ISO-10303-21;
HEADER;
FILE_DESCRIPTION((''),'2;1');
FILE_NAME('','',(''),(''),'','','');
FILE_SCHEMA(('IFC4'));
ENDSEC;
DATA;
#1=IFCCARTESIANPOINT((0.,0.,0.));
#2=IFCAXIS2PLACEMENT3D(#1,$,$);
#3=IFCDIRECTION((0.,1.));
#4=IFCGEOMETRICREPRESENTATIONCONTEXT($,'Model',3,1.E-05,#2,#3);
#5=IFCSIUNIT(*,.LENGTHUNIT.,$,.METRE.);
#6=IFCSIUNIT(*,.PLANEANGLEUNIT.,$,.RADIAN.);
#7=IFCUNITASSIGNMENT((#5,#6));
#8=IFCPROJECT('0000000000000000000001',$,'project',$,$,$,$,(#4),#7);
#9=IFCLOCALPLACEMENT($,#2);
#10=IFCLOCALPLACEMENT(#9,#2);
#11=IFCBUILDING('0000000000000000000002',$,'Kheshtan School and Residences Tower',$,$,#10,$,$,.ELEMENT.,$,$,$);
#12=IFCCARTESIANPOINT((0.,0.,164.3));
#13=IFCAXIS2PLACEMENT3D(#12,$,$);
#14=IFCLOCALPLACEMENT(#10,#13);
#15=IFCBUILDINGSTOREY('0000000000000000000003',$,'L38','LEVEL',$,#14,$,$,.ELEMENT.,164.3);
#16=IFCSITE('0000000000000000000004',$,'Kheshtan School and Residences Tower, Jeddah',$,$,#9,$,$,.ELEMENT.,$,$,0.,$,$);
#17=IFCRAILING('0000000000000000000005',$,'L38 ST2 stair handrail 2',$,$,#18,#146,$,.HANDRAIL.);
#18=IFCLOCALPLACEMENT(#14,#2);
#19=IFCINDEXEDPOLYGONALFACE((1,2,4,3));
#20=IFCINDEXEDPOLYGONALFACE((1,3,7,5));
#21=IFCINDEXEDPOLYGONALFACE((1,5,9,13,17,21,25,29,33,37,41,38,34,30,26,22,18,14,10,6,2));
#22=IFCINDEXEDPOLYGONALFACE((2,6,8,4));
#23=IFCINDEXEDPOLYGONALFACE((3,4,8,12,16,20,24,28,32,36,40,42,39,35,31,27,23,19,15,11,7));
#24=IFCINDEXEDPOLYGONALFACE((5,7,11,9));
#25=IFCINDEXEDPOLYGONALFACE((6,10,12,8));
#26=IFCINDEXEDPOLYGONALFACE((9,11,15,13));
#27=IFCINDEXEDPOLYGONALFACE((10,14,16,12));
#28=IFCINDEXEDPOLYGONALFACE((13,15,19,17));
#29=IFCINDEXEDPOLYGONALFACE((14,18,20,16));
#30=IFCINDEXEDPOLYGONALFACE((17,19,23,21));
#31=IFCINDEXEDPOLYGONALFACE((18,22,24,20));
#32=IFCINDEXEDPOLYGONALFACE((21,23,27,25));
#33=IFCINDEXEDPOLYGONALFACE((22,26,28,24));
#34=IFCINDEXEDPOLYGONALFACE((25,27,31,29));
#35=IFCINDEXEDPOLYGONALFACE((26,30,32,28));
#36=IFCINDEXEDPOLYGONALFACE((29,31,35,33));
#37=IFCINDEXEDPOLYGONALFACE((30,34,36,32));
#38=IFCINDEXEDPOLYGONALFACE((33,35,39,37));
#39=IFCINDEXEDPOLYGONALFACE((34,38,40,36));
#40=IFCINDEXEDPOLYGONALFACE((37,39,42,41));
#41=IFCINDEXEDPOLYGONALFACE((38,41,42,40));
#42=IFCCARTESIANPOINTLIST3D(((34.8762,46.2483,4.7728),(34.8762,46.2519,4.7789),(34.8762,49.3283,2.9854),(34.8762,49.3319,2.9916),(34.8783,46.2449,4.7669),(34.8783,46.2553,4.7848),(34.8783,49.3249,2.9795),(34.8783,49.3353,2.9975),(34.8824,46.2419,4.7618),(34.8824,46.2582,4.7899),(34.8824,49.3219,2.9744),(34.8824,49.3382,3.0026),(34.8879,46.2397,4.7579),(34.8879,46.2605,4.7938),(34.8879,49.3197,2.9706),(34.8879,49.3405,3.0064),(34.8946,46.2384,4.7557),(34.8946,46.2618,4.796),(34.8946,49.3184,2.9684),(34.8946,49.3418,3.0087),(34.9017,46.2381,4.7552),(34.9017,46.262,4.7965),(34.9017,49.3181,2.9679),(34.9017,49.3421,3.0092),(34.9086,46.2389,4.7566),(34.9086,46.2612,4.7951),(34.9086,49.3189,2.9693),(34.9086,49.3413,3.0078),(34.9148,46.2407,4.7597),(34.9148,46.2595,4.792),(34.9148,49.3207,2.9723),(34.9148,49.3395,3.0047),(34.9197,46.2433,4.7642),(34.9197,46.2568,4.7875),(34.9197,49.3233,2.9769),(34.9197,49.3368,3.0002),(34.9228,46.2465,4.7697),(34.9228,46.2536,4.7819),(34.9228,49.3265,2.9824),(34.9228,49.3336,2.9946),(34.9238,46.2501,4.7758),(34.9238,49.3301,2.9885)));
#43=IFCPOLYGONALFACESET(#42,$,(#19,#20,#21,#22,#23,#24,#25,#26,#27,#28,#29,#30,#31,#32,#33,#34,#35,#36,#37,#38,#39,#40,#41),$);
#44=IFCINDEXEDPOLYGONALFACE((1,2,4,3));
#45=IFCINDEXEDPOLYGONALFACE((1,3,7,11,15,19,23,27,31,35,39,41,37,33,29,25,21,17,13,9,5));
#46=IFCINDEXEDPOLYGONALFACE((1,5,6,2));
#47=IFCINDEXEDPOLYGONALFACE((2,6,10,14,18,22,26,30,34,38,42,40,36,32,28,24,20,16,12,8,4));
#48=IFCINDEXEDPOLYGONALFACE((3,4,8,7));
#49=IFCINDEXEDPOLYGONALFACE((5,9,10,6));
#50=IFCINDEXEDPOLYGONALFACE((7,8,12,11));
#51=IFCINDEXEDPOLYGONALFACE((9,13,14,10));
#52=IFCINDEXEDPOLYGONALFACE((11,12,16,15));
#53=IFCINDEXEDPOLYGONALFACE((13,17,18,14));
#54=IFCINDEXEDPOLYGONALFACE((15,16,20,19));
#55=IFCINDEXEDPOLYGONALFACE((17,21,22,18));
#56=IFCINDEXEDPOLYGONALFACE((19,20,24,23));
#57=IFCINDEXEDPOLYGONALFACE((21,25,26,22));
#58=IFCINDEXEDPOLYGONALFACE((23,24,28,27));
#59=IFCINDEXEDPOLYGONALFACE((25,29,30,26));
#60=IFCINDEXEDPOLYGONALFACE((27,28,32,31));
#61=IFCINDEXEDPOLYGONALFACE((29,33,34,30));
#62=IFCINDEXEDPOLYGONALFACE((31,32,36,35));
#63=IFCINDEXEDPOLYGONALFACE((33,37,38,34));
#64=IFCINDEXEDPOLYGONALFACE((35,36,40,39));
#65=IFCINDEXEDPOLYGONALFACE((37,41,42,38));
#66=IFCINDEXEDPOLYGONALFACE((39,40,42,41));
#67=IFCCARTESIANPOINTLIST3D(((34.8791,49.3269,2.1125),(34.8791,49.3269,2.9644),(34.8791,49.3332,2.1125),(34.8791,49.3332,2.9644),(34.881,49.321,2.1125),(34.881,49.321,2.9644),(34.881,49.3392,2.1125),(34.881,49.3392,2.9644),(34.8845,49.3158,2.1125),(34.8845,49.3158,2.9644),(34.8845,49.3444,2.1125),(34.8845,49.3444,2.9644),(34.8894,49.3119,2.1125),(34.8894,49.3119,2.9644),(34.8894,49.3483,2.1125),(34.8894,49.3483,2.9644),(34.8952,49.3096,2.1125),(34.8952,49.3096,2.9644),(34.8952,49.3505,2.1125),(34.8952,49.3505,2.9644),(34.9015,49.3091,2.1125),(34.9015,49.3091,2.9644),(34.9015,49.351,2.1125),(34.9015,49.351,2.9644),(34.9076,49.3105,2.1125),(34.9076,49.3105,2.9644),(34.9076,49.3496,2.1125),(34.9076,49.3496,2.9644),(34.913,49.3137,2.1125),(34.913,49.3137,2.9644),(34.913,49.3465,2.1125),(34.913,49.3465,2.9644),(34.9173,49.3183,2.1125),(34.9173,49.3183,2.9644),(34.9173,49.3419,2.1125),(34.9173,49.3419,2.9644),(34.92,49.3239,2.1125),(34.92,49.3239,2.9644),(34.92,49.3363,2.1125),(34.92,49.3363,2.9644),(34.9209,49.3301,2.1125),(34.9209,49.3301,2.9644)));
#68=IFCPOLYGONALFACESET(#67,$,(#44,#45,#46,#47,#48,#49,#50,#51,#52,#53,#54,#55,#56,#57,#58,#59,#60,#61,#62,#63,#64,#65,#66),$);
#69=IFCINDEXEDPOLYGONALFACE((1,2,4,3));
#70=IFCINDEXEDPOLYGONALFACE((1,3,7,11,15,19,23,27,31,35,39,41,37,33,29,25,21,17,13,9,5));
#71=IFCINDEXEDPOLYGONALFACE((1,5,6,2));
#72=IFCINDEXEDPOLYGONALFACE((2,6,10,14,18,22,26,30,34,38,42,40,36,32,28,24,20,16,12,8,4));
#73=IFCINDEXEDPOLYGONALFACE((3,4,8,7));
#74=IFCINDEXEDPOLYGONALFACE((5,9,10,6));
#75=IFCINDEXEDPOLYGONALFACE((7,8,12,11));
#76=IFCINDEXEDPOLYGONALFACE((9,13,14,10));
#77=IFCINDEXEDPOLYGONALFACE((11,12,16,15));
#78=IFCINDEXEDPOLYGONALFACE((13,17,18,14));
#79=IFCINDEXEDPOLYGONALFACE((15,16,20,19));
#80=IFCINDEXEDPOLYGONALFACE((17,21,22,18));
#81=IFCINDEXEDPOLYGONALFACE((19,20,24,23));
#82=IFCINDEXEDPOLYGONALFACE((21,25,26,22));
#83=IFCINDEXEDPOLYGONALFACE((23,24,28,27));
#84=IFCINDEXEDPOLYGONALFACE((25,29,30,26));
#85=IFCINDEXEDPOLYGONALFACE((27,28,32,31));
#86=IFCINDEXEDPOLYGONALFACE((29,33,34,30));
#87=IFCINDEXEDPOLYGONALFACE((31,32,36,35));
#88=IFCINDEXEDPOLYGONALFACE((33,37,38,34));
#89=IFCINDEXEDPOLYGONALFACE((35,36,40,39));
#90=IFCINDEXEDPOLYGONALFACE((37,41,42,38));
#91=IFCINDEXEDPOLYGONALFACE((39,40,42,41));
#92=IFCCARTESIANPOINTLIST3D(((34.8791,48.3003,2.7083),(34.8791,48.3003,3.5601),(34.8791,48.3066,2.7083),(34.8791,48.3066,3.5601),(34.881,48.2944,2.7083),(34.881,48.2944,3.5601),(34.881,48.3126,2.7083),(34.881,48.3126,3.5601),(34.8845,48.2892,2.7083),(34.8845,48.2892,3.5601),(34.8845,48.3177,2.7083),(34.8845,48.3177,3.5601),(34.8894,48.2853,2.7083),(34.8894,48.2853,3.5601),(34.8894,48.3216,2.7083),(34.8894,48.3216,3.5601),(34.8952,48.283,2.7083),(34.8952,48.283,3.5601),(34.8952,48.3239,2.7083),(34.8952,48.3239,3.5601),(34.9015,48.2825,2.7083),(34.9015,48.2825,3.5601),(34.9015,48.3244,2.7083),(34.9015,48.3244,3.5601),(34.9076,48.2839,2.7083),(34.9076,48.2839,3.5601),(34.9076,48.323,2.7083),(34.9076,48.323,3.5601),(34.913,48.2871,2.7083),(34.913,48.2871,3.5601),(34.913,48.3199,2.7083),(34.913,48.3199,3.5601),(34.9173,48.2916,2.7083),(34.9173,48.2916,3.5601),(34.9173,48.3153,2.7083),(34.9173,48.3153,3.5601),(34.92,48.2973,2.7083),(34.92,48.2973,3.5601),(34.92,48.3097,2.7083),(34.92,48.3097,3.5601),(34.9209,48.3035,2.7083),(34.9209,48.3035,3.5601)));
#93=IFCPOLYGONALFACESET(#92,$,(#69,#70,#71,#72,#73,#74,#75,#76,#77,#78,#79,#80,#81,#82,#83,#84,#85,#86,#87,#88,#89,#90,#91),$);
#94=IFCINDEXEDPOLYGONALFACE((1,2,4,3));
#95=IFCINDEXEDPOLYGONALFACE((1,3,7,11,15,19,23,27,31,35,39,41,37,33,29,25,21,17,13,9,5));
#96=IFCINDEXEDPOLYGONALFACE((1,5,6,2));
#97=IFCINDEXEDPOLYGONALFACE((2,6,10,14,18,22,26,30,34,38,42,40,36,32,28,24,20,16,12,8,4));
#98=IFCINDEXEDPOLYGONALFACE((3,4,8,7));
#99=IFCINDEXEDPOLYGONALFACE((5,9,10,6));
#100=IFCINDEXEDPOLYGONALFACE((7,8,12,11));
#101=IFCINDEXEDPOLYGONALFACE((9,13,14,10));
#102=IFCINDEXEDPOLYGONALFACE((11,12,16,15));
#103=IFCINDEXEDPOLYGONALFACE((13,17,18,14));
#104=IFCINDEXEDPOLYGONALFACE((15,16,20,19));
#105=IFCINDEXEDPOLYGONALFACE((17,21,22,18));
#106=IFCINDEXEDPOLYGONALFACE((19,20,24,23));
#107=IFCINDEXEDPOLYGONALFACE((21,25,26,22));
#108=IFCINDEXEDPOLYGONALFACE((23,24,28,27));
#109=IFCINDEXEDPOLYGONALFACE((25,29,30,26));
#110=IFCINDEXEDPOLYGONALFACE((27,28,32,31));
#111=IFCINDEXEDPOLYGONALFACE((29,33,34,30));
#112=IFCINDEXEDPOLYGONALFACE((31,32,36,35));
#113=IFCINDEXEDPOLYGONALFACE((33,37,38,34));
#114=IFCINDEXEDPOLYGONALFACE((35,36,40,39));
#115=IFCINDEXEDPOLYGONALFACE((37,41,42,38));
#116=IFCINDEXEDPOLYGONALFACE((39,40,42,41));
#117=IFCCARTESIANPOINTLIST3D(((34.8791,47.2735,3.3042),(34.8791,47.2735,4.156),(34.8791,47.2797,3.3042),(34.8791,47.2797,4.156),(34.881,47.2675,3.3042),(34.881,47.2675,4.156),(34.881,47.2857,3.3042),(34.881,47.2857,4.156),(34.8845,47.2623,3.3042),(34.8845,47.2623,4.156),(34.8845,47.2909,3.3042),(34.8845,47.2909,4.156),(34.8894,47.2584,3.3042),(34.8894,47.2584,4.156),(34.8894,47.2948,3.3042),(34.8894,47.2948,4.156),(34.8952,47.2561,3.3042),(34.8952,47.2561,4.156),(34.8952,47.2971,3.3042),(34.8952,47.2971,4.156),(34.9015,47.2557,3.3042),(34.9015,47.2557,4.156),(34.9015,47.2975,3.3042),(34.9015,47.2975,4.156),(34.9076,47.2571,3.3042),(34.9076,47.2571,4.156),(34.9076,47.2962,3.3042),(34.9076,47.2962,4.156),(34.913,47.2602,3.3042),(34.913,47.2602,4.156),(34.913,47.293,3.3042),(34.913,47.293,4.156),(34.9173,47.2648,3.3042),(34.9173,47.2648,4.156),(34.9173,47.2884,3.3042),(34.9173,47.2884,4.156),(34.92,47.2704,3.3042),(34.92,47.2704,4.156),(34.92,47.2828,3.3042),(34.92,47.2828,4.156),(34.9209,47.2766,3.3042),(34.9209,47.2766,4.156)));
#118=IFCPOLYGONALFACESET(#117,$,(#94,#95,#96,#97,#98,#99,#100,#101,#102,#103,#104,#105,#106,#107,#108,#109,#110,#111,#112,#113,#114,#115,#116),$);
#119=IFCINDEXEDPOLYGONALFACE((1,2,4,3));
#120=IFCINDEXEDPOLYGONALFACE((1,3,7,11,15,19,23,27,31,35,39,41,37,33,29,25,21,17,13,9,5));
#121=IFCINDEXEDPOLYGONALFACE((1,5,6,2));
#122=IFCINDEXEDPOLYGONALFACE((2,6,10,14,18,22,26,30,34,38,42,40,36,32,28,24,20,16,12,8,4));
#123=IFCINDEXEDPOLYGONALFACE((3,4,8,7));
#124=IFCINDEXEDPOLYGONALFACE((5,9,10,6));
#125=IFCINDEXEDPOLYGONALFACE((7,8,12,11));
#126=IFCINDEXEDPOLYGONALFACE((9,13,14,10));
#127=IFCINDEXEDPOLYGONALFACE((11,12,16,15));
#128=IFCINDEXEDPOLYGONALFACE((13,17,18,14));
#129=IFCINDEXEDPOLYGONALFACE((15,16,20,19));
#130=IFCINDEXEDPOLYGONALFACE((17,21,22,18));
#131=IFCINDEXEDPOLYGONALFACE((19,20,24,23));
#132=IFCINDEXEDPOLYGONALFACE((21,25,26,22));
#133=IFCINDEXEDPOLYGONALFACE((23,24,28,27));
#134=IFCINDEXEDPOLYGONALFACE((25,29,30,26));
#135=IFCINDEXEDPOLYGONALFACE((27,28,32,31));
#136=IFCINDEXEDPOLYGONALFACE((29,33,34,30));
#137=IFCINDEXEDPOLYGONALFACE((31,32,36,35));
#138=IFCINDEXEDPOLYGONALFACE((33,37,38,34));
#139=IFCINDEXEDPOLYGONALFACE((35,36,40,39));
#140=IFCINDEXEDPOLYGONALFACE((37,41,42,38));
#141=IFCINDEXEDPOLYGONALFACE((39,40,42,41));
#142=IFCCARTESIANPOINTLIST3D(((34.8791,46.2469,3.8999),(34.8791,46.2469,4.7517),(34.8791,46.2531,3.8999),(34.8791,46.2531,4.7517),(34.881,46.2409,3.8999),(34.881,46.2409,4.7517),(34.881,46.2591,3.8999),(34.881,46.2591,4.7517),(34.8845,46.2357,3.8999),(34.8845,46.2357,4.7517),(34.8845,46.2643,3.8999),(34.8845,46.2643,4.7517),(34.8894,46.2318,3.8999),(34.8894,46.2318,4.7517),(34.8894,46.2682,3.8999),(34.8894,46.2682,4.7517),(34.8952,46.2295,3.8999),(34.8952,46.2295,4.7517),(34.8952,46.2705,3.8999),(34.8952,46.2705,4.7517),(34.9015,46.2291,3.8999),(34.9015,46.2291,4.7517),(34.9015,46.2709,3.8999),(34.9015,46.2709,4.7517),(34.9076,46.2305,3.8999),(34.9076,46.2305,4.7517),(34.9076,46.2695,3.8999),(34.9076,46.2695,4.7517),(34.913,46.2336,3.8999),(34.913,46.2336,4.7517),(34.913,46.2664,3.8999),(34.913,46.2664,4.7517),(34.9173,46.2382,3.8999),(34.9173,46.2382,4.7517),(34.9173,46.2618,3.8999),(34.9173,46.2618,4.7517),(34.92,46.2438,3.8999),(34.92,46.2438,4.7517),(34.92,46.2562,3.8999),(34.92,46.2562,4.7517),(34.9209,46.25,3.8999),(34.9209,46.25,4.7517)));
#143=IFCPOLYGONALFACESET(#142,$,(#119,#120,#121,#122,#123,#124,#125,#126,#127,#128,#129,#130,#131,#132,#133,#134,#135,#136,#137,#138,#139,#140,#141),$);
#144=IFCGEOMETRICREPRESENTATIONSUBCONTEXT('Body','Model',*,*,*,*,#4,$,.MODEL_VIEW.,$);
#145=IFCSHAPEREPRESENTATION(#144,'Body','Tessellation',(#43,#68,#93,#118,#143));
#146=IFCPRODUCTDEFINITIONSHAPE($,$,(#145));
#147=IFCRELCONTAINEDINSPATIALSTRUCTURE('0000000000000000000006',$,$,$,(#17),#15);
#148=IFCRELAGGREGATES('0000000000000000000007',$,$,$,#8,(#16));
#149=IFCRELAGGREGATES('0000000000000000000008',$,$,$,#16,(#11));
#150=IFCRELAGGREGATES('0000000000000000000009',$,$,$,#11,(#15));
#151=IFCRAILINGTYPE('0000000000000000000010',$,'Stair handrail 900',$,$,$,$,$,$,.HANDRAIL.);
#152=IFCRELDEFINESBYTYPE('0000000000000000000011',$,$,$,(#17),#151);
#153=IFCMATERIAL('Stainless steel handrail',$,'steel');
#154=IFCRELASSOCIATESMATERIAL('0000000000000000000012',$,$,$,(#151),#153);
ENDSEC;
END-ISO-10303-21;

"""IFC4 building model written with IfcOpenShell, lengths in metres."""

from ifc_helpers import new_model, si_unit, direction, frame, origin, origin_2d, place, context, subcontext, project, spatial, circle, extrude, material, type_object, element, save


model = new_model("IFC4")

# Units and contexts
model_context = context("Model", 3, precision=1e-05, world=origin(), true_north=direction((0.0, 1.0)))
body_context = subcontext(model_context, "Body", "Model", "MODEL_VIEW")
ifc_project = project(units=[si_unit("LENGTHUNIT", "METRE"), si_unit("PLANEANGLEUNIT", "RADIAN")], contexts=[model_context])

# Site, building, storey
site_placement = place(None, origin())
site = spatial("IfcSite", under=ifc_project, at=site_placement, Name="Kheshtan School and Residences Tower, Jeddah", CompositionType="ELEMENT", RefElevation=0.0)
building_placement = place(site_placement, origin())
building = spatial("IfcBuilding", under=site, at=building_placement, Name="Kheshtan School and Residences Tower", CompositionType="ELEMENT")
storey_placement = place(building_placement, frame((0.0, 0.0, 164.3)))
storey = spatial("IfcBuildingStorey", under=building, at=storey_placement, Name="L38", Description="LEVEL", CompositionType="ELEMENT", Elevation=164.3)

# Railing
ifc_material_1 = material(Name="Stainless steel handrail", Category="steel")
railing_type_1 = type_object("IfcRailingType", Name="Stair handrail 900", PredefinedType="HANDRAIL", material=ifc_material_1)
railing_1_placement = place(storey_placement, frame((34.8999, 49.3301, 2.1125)))
element("IfcRailing", 1, at=railing_1_placement, inside=storey, type_object=railing_type_1, Name="L38 ST2 stair handrail 2", PredefinedType="HANDRAIL", context=body_context, shape_type="SweptSolid", body=[
    extrude(circle(Radius=0.0239, at=origin_2d()), frame((0.0, 0.0, 0.876), z_axis=(0.0, -0.86492, 0.501909), x_axis=(1.0, 0.0, 0.0)), (0.0, 0.0, 1.0), 3.561),
    extrude(circle(Radius=0.021, at=origin_2d()), origin(), (0.0, 0.0, 1.0), 0.8518),
    extrude(circle(Radius=0.021, at=origin_2d()), frame((0.0, -1.0266, 0.5957)), (0.0, 0.0, 1.0), 0.8518),
    extrude(circle(Radius=0.021, at=origin_2d()), frame((0.0, -2.0535, 1.1917)), (0.0, 0.0, 1.0), 0.8518),
    extrude(circle(Radius=0.021, at=origin_2d()), frame((0.0, -3.0801, 1.7874)), (0.0, 0.0, 1.0), 0.8518),
])

save(model, "model.ifc")
